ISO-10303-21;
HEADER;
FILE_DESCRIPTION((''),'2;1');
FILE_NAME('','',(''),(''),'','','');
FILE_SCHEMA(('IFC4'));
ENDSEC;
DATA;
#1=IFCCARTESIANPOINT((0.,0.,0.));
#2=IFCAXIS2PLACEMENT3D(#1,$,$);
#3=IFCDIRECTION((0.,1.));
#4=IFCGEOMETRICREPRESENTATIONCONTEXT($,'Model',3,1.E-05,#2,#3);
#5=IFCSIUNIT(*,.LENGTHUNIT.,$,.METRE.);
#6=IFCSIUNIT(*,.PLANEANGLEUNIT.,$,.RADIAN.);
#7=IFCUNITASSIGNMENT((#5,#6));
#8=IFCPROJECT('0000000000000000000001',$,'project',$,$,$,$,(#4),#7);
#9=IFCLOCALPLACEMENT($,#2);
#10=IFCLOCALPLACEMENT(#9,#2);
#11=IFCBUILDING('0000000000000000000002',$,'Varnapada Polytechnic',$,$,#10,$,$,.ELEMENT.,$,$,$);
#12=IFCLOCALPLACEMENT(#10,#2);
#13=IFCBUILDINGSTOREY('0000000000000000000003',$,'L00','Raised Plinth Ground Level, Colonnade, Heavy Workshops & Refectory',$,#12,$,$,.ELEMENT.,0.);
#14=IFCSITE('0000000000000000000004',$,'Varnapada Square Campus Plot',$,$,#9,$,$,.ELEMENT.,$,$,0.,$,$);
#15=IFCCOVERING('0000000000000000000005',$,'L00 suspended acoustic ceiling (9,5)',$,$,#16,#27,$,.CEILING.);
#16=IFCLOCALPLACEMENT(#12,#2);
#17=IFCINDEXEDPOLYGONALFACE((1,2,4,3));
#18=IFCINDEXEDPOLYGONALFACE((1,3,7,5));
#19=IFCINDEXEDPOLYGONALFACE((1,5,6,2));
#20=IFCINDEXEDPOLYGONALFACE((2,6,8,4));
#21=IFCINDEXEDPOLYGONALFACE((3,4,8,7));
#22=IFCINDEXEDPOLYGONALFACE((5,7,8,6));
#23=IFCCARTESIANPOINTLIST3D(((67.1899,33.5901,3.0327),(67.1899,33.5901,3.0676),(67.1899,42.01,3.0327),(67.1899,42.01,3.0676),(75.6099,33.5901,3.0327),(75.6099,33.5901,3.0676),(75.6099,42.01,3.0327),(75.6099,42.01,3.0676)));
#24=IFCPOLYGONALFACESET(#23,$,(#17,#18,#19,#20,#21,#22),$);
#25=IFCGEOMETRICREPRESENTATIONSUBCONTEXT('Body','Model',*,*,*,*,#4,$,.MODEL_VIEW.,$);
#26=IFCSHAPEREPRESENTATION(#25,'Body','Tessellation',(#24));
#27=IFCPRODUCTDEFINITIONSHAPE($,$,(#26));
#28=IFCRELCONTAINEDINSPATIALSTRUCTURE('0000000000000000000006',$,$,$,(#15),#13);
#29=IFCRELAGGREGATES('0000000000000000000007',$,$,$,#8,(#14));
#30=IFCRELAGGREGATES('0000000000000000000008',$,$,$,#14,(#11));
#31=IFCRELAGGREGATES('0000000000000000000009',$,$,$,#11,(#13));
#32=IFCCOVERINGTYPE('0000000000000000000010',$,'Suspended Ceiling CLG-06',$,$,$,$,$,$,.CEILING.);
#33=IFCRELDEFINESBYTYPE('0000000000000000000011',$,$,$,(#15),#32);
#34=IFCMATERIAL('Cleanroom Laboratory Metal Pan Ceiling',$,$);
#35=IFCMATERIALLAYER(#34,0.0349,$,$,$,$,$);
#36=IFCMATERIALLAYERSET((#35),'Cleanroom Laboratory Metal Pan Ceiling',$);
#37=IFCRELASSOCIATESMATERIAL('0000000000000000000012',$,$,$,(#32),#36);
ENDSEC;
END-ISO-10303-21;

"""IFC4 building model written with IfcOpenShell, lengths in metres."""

from ifc_helpers import new_model, si_unit, direction, frame, origin, origin_2d, place, context, subcontext, project, spatial, rectangle, extrude, material, layer, layer_set, type_object, element, save


model = new_model("IFC4")

# Units and contexts
model_context = context("Model", 3, precision=1e-05, world=origin(), true_north=direction((0.0, 1.0)))
body_context = subcontext(model_context, "Body", "Model", "MODEL_VIEW")
ifc_project = project(units=[si_unit("LENGTHUNIT", "METRE"), si_unit("PLANEANGLEUNIT", "RADIAN")], contexts=[model_context])

# Site, building, storey
site_placement = place(None, origin())
site = spatial("IfcSite", under=ifc_project, at=site_placement, Name="Varnapada Square Campus Plot", CompositionType="ELEMENT", RefElevation=0.0)
building_placement = place(site_placement, origin())
building = spatial("IfcBuilding", under=site, at=building_placement, Name="Varnapada Polytechnic", CompositionType="ELEMENT")
storey_placement = place(building_placement, origin())
storey = spatial("IfcBuildingStorey", under=building, at=storey_placement, Name="L00", Description="Raised Plinth Ground Level, Colonnade, Heavy Workshops & Refectory", CompositionType="ELEMENT", Elevation=0.0)

# Covering
ifc_material_1 = material(Name="Cleanroom Laboratory Metal Pan Ceiling")
ifc_layer_1 = layer(ifc_material_1, 0.0349)
ifc_layer_set_1 = layer_set([ifc_layer_1], Name="Cleanroom Laboratory Metal Pan Ceiling")
covering_type_1 = type_object("IfcCoveringType", Name="Suspended Ceiling CLG-06", PredefinedType="CEILING", material=ifc_layer_set_1)
covering_1_placement = place(storey_placement, frame((71.3999, 37.8, 3.0327), z_axis=(0.0, 0.0, 1.0), x_axis=(1.0, 0.0, 0.0)))
element("IfcCovering", 1, at=covering_1_placement, inside=storey, type_object=covering_type_1, Name="L00 suspended acoustic ceiling (9,5)", PredefinedType="CEILING", context=body_context, shape_type="SweptSolid", body=[
    extrude(rectangle(XDim=8.4199, YDim=8.4199, at=origin_2d()), origin(), (0.0, 0.0, 1.0), 0.0349),
])

save(model, "model.ifc")
